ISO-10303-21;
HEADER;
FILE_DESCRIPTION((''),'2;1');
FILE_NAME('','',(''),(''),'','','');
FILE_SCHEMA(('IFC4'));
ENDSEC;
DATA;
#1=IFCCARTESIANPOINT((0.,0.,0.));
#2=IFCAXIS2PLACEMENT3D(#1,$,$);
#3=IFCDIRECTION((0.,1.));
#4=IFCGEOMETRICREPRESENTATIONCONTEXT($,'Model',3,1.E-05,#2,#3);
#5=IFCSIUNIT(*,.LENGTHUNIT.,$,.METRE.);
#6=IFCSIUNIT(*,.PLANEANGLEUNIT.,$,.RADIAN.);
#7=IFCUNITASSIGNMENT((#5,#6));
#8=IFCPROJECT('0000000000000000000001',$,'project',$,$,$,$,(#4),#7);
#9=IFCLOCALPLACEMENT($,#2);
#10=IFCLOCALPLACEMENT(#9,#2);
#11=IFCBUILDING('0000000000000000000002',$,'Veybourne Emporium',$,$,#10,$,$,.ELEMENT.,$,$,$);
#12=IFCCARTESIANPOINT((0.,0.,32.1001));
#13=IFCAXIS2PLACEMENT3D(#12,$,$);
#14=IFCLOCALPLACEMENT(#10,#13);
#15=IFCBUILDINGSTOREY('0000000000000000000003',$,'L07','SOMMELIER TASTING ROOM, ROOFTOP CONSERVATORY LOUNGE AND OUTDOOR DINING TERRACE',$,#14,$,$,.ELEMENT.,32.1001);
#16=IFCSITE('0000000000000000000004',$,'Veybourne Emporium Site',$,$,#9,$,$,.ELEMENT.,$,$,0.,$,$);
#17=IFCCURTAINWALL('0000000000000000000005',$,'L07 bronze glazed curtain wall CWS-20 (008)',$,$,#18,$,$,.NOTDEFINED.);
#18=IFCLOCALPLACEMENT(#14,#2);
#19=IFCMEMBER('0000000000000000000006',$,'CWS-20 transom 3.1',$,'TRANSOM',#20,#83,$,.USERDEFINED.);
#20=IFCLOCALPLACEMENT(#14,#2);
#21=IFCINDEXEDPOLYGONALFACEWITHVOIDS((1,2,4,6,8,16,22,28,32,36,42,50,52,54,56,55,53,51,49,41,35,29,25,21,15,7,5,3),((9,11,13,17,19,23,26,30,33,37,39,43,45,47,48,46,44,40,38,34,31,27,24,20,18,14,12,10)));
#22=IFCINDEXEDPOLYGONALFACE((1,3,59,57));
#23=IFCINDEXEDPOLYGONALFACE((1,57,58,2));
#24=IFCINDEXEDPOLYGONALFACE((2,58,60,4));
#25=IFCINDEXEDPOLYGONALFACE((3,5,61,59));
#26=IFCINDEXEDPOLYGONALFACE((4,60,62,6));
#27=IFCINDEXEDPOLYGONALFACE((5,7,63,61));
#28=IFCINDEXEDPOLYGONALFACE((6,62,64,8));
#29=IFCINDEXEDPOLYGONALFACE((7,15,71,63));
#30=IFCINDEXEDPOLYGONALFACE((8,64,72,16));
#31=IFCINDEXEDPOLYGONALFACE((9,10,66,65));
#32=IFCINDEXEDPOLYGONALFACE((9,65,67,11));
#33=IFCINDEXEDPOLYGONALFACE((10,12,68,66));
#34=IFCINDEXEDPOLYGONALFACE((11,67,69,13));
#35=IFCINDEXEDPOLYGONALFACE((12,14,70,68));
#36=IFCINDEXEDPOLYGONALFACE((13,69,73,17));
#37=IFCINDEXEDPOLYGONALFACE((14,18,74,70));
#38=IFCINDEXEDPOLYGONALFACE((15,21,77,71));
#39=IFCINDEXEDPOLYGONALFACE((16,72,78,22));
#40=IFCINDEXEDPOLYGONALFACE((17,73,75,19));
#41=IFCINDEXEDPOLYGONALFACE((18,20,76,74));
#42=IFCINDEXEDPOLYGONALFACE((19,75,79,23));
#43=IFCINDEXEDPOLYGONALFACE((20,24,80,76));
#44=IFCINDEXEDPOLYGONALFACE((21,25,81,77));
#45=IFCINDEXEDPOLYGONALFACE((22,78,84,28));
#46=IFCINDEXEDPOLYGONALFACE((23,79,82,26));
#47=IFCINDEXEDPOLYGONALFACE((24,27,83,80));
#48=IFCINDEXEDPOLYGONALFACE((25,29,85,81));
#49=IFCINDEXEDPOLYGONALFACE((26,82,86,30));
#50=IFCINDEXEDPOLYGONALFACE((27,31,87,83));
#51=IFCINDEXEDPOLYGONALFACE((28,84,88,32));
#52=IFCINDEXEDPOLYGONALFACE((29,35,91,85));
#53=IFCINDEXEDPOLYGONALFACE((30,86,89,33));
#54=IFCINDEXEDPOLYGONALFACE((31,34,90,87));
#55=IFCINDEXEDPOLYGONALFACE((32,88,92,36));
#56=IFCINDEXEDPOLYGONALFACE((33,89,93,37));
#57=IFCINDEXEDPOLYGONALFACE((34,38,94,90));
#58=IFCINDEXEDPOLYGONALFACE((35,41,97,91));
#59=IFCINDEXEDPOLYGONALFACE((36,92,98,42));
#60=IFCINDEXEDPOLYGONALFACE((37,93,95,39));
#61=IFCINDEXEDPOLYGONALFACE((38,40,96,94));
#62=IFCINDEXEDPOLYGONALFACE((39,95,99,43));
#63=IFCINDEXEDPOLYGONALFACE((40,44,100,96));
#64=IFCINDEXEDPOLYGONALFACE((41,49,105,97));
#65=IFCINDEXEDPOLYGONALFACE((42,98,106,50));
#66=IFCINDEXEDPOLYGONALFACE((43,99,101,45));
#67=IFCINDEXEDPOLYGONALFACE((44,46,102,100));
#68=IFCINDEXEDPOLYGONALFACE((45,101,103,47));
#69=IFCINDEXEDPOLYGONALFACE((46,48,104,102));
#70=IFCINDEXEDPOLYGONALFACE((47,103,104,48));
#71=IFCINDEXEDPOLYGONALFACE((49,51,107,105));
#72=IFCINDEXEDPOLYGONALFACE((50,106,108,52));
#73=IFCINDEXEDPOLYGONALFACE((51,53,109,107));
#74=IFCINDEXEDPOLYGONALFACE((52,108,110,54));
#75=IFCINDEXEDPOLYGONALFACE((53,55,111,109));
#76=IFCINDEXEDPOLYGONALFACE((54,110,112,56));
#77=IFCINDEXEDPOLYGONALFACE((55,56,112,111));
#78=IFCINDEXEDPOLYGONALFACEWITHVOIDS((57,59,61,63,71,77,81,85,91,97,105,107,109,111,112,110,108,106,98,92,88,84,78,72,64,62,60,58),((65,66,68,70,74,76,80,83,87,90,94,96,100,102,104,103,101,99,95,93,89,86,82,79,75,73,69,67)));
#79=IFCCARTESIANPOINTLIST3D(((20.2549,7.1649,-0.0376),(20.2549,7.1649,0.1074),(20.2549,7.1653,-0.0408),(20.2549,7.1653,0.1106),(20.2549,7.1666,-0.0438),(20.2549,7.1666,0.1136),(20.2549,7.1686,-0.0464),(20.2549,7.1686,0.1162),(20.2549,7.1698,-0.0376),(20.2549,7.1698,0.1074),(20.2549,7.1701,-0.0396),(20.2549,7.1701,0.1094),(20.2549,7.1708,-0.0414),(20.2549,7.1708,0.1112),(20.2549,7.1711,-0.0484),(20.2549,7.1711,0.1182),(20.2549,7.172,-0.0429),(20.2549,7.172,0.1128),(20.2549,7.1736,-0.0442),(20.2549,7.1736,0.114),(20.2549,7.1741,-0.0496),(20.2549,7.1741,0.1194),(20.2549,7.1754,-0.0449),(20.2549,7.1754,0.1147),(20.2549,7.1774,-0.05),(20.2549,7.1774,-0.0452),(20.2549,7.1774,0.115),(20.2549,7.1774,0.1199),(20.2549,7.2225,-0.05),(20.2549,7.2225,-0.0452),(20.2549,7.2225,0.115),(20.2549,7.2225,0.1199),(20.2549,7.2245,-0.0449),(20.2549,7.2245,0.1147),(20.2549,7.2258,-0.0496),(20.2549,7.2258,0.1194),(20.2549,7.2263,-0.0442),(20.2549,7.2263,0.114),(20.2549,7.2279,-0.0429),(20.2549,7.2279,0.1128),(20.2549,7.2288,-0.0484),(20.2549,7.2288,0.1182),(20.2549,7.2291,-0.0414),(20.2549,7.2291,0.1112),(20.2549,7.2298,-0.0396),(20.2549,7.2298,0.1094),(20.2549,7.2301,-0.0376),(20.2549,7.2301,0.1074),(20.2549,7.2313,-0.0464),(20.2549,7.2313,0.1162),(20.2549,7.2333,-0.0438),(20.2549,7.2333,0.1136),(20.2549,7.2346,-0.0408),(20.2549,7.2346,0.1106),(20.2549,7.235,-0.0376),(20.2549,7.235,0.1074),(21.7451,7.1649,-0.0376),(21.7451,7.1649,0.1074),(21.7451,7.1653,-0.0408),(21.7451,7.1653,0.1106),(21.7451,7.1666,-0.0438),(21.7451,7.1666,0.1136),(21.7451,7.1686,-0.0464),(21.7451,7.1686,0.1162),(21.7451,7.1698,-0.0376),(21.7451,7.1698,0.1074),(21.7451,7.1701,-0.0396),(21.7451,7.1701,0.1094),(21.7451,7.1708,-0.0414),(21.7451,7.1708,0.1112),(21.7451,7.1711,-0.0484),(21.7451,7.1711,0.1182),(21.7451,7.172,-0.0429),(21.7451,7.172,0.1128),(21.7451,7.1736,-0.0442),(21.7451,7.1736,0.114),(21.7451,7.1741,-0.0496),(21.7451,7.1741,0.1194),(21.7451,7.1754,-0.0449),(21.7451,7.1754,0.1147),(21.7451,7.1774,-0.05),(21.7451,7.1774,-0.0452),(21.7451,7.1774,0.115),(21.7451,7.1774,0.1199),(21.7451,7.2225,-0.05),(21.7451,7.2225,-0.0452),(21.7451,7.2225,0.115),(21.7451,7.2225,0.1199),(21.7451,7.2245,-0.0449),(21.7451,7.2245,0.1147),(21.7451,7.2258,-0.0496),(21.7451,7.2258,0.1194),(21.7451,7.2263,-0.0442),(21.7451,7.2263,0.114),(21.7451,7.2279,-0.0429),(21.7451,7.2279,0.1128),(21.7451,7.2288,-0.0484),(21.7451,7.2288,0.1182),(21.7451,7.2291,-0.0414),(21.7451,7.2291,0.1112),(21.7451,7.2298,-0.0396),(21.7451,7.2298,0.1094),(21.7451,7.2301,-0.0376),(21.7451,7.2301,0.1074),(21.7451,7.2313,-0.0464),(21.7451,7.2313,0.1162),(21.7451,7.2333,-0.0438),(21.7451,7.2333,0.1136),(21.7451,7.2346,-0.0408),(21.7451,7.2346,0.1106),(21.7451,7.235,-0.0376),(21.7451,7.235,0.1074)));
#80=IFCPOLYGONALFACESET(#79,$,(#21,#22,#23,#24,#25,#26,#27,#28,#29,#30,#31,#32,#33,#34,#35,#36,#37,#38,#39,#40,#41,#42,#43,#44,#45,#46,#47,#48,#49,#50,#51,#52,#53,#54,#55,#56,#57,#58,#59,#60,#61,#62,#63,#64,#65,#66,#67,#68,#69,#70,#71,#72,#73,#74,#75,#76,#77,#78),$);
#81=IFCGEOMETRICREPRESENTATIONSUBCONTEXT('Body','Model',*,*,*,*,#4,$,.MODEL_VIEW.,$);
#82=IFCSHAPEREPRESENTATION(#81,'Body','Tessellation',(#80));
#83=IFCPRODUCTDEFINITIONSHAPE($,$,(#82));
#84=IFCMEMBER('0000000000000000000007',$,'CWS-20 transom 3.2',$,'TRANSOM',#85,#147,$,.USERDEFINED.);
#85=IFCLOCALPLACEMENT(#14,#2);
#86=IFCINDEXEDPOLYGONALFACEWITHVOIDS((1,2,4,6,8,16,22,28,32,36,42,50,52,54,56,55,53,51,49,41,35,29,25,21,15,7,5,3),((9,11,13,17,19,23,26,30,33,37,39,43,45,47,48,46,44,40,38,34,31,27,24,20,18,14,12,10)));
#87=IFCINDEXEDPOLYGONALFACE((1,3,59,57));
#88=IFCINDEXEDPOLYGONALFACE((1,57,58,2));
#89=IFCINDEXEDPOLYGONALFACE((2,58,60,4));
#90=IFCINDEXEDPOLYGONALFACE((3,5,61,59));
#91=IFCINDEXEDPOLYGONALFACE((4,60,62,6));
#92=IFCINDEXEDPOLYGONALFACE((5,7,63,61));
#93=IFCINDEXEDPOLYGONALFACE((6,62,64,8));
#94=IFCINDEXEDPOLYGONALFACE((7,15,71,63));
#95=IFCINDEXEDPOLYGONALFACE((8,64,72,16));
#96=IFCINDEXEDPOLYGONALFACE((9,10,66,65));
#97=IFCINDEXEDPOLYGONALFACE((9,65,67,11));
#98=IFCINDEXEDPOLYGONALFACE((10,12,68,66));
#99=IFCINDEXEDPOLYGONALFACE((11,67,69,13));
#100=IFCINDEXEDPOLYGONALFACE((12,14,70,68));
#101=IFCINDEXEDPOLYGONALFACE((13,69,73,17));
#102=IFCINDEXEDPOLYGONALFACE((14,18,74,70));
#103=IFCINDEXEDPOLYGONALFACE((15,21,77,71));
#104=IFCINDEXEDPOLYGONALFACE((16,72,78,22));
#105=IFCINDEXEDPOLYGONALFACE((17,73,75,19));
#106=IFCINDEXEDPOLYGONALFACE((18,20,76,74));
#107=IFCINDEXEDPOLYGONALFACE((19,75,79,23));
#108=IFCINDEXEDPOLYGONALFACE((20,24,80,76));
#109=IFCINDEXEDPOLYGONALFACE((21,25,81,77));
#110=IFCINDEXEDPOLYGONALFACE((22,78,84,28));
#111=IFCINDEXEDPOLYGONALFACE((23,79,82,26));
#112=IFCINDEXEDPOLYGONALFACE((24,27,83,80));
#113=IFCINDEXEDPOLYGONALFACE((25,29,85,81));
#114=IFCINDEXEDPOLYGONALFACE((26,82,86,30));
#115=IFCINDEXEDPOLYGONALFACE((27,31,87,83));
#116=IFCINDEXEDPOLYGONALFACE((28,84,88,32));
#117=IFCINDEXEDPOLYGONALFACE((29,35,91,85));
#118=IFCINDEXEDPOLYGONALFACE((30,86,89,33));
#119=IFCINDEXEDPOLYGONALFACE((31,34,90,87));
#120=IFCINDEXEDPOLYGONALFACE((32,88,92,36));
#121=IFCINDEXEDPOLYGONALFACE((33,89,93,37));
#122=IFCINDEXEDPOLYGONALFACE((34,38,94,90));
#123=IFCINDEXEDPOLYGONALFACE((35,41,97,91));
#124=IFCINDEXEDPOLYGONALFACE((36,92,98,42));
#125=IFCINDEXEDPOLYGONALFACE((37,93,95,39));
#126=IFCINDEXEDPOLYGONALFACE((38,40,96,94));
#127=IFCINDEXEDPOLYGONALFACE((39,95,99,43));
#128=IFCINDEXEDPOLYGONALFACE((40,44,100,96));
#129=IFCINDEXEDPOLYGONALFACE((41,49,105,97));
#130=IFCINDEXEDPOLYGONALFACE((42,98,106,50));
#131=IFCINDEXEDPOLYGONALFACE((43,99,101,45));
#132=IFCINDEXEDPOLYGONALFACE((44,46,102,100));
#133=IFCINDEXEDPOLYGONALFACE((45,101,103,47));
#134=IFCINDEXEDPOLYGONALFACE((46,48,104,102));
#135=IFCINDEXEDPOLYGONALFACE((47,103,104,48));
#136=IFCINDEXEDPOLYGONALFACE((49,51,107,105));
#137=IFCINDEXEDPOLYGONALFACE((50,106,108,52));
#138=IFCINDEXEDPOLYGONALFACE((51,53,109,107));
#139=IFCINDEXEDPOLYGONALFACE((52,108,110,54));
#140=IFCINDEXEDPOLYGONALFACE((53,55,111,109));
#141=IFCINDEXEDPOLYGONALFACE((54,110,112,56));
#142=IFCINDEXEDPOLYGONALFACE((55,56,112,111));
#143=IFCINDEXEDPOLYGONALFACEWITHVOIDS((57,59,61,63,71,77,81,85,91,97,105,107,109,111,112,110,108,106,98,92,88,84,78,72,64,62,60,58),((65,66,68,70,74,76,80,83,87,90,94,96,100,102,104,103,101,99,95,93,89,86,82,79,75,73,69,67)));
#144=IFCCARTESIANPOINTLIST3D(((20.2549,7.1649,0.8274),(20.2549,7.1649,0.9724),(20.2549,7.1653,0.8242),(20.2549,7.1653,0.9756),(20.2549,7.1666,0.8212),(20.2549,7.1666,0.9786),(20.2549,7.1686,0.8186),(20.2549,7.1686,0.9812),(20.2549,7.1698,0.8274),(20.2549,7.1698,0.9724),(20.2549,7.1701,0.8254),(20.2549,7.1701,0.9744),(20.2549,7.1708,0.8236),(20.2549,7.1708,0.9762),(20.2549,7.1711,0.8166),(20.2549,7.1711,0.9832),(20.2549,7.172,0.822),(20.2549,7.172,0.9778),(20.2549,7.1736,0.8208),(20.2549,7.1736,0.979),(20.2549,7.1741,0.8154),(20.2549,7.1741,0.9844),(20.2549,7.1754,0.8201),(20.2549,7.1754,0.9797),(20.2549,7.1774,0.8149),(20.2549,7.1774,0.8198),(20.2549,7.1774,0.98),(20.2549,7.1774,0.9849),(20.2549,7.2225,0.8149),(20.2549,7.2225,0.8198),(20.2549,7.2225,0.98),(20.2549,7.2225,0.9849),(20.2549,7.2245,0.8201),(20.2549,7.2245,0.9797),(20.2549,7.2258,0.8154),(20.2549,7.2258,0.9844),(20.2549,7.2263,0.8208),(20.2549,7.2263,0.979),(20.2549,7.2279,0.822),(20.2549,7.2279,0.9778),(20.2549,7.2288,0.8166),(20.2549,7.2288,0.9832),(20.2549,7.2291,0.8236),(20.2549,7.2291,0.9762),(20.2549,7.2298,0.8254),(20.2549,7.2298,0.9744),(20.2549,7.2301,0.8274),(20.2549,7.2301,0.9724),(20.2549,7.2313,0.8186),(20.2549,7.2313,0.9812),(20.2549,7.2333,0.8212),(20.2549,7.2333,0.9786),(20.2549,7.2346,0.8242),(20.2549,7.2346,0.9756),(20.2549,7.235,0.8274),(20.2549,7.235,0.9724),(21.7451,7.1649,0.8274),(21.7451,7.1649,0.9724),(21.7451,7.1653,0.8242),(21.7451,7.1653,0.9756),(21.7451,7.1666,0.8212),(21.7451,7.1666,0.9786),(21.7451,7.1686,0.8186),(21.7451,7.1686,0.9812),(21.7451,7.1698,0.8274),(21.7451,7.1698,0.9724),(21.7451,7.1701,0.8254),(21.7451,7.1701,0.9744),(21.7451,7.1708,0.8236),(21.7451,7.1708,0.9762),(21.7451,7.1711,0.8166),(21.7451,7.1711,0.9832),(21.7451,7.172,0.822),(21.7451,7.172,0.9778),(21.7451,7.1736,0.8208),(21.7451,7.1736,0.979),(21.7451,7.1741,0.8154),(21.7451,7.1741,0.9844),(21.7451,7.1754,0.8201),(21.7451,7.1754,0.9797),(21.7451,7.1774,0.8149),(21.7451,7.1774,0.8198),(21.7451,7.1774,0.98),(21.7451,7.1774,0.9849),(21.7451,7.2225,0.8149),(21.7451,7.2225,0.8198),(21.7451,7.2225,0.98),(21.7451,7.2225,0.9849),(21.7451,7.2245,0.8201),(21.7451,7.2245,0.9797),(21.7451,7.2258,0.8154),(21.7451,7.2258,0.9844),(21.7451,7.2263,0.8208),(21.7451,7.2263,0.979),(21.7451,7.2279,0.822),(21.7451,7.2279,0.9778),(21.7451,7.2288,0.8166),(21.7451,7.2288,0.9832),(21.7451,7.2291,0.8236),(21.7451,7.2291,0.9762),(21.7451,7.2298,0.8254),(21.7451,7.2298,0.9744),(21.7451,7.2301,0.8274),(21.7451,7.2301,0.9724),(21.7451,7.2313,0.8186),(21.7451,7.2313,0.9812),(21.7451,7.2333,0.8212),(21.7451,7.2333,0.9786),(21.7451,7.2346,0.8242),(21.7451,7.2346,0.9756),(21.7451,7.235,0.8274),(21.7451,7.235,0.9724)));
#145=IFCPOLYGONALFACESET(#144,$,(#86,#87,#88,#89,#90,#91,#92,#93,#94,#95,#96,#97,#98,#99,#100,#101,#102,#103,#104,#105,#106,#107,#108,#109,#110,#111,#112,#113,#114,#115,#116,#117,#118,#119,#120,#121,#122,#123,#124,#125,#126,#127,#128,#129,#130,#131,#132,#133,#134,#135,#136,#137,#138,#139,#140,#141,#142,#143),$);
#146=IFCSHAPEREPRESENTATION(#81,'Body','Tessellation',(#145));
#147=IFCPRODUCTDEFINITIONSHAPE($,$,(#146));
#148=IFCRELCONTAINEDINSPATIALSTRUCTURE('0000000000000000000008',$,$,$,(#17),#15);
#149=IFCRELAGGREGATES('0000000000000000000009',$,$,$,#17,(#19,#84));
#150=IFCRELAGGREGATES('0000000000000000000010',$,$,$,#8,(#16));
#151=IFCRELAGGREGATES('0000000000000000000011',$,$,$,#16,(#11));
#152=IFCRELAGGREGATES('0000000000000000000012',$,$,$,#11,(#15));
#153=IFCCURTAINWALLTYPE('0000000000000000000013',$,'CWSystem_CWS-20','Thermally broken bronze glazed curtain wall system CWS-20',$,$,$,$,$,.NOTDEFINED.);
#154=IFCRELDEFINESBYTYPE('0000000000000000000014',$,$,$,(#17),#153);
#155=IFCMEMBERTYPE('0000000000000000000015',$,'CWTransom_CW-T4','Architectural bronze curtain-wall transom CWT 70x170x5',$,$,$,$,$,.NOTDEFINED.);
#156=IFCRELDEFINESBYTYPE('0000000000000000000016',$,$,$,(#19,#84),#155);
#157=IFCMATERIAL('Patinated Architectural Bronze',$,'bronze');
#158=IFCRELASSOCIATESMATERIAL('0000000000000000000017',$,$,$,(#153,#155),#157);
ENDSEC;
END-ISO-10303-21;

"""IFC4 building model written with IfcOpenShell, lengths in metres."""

from ifc_helpers import new_model, si_unit, direction, frame, origin, origin_2d, place, context, subcontext, project, spatial, hollow_rectangle, extrude, material, material_profile, profile_set, type_object, element, aggregate, save


model = new_model("IFC4")

# Units and contexts
model_context = context("Model", 3, precision=1e-05, world=origin(), true_north=direction((0.0, 1.0)))
body_context = subcontext(model_context, "Body", "Model", "MODEL_VIEW")
ifc_project = project(units=[si_unit("LENGTHUNIT", "METRE"), si_unit("PLANEANGLEUNIT", "RADIAN")], contexts=[model_context])

# Site, building, storey
site_placement = place(None, origin())
site = spatial("IfcSite", under=ifc_project, at=site_placement, Name="Veybourne Emporium Site", CompositionType="ELEMENT", RefElevation=0.0)
building_placement = place(site_placement, origin())
building = spatial("IfcBuilding", under=site, at=building_placement, Name="Veybourne Emporium", CompositionType="ELEMENT")
storey_placement = place(building_placement, frame((0.0, 0.0, 32.1001)))
storey = spatial("IfcBuildingStorey", under=building, at=storey_placement, Name="L07", Description="SOMMELIER TASTING ROOM, ROOFTOP CONSERVATORY LOUNGE AND OUTDOOR DINING TERRACE", CompositionType="ELEMENT", Elevation=32.1001)

# Curtain wall, members
ifc_material_1 = material(Name="Patinated Architectural Bronze", Category="bronze")
curtain_wall_type = type_object("IfcCurtainWallType", Name="CWSystem_CWS-20", Description="Thermally broken bronze glazed curtain wall system CWS-20", PredefinedType="NOTDEFINED", material=ifc_material_1)
curtain_wall_placement = place(storey_placement, origin())
curtain_wall = element("IfcCurtainWall", 1, at=curtain_wall_placement, inside=storey, type_object=curtain_wall_type, Name="L07 bronze glazed curtain wall CWS-20 (008)", PredefinedType="NOTDEFINED")
ifc_material_profile_1 = material_profile(ifc_material_1, hollow_rectangle(XDim=0.0701, YDim=0.1699, WallThickness=0.0049, InnerFilletRadius=0.0076, OuterFilletRadius=0.0125, at=origin_2d()), Name="CWT 70x170x5")
ifc_profile_set_1 = profile_set([ifc_material_profile_1], Name="Patinated Architectural Bronze")
member_type_1 = type_object("IfcMemberType", Name="CWTransom_CW-T4", Description="Architectural bronze curtain-wall transom CWT 70x170x5", PredefinedType="NOTDEFINED", material=ifc_profile_set_1)
member_1_placement = place(storey_placement, frame((21.7451, 7.2, 0.0349), z_axis=(-1.0, 0.0, 0.0), x_axis=(0.0, -1.0, 0.0)))
member_1 = element("IfcMember", 2, at=member_1_placement, type_object=member_type_1, Name="CWS-20 transom 3.1", ObjectType="TRANSOM", PredefinedType="USERDEFINED", context=body_context, shape_type="SweptSolid", body=[
    extrude(hollow_rectangle(XDim=0.0701, YDim=0.1699, WallThickness=0.0049, InnerFilletRadius=0.0076, OuterFilletRadius=0.0125, at=origin_2d()), origin(), (0.0, 0.0, 1.0), 1.4902),
])
member_2_placement = place(storey_placement, frame((21.7451, 7.2, 0.8999), z_axis=(-1.0, 0.0, 0.0), x_axis=(0.0, -1.0, 0.0)))
member_2 = element("IfcMember", 3, at=member_2_placement, type_object=member_type_1, Name="CWS-20 transom 3.2", ObjectType="TRANSOM", PredefinedType="USERDEFINED", context=body_context, shape_type="SweptSolid", body=[
    extrude(hollow_rectangle(XDim=0.0701, YDim=0.1699, WallThickness=0.0049, InnerFilletRadius=0.0076, OuterFilletRadius=0.0125, at=origin_2d()), origin(), (0.0, 0.0, 1.0), 1.4902),
])
aggregate(curtain_wall, [member_1, member_2])

save(model, "model.ifc")
